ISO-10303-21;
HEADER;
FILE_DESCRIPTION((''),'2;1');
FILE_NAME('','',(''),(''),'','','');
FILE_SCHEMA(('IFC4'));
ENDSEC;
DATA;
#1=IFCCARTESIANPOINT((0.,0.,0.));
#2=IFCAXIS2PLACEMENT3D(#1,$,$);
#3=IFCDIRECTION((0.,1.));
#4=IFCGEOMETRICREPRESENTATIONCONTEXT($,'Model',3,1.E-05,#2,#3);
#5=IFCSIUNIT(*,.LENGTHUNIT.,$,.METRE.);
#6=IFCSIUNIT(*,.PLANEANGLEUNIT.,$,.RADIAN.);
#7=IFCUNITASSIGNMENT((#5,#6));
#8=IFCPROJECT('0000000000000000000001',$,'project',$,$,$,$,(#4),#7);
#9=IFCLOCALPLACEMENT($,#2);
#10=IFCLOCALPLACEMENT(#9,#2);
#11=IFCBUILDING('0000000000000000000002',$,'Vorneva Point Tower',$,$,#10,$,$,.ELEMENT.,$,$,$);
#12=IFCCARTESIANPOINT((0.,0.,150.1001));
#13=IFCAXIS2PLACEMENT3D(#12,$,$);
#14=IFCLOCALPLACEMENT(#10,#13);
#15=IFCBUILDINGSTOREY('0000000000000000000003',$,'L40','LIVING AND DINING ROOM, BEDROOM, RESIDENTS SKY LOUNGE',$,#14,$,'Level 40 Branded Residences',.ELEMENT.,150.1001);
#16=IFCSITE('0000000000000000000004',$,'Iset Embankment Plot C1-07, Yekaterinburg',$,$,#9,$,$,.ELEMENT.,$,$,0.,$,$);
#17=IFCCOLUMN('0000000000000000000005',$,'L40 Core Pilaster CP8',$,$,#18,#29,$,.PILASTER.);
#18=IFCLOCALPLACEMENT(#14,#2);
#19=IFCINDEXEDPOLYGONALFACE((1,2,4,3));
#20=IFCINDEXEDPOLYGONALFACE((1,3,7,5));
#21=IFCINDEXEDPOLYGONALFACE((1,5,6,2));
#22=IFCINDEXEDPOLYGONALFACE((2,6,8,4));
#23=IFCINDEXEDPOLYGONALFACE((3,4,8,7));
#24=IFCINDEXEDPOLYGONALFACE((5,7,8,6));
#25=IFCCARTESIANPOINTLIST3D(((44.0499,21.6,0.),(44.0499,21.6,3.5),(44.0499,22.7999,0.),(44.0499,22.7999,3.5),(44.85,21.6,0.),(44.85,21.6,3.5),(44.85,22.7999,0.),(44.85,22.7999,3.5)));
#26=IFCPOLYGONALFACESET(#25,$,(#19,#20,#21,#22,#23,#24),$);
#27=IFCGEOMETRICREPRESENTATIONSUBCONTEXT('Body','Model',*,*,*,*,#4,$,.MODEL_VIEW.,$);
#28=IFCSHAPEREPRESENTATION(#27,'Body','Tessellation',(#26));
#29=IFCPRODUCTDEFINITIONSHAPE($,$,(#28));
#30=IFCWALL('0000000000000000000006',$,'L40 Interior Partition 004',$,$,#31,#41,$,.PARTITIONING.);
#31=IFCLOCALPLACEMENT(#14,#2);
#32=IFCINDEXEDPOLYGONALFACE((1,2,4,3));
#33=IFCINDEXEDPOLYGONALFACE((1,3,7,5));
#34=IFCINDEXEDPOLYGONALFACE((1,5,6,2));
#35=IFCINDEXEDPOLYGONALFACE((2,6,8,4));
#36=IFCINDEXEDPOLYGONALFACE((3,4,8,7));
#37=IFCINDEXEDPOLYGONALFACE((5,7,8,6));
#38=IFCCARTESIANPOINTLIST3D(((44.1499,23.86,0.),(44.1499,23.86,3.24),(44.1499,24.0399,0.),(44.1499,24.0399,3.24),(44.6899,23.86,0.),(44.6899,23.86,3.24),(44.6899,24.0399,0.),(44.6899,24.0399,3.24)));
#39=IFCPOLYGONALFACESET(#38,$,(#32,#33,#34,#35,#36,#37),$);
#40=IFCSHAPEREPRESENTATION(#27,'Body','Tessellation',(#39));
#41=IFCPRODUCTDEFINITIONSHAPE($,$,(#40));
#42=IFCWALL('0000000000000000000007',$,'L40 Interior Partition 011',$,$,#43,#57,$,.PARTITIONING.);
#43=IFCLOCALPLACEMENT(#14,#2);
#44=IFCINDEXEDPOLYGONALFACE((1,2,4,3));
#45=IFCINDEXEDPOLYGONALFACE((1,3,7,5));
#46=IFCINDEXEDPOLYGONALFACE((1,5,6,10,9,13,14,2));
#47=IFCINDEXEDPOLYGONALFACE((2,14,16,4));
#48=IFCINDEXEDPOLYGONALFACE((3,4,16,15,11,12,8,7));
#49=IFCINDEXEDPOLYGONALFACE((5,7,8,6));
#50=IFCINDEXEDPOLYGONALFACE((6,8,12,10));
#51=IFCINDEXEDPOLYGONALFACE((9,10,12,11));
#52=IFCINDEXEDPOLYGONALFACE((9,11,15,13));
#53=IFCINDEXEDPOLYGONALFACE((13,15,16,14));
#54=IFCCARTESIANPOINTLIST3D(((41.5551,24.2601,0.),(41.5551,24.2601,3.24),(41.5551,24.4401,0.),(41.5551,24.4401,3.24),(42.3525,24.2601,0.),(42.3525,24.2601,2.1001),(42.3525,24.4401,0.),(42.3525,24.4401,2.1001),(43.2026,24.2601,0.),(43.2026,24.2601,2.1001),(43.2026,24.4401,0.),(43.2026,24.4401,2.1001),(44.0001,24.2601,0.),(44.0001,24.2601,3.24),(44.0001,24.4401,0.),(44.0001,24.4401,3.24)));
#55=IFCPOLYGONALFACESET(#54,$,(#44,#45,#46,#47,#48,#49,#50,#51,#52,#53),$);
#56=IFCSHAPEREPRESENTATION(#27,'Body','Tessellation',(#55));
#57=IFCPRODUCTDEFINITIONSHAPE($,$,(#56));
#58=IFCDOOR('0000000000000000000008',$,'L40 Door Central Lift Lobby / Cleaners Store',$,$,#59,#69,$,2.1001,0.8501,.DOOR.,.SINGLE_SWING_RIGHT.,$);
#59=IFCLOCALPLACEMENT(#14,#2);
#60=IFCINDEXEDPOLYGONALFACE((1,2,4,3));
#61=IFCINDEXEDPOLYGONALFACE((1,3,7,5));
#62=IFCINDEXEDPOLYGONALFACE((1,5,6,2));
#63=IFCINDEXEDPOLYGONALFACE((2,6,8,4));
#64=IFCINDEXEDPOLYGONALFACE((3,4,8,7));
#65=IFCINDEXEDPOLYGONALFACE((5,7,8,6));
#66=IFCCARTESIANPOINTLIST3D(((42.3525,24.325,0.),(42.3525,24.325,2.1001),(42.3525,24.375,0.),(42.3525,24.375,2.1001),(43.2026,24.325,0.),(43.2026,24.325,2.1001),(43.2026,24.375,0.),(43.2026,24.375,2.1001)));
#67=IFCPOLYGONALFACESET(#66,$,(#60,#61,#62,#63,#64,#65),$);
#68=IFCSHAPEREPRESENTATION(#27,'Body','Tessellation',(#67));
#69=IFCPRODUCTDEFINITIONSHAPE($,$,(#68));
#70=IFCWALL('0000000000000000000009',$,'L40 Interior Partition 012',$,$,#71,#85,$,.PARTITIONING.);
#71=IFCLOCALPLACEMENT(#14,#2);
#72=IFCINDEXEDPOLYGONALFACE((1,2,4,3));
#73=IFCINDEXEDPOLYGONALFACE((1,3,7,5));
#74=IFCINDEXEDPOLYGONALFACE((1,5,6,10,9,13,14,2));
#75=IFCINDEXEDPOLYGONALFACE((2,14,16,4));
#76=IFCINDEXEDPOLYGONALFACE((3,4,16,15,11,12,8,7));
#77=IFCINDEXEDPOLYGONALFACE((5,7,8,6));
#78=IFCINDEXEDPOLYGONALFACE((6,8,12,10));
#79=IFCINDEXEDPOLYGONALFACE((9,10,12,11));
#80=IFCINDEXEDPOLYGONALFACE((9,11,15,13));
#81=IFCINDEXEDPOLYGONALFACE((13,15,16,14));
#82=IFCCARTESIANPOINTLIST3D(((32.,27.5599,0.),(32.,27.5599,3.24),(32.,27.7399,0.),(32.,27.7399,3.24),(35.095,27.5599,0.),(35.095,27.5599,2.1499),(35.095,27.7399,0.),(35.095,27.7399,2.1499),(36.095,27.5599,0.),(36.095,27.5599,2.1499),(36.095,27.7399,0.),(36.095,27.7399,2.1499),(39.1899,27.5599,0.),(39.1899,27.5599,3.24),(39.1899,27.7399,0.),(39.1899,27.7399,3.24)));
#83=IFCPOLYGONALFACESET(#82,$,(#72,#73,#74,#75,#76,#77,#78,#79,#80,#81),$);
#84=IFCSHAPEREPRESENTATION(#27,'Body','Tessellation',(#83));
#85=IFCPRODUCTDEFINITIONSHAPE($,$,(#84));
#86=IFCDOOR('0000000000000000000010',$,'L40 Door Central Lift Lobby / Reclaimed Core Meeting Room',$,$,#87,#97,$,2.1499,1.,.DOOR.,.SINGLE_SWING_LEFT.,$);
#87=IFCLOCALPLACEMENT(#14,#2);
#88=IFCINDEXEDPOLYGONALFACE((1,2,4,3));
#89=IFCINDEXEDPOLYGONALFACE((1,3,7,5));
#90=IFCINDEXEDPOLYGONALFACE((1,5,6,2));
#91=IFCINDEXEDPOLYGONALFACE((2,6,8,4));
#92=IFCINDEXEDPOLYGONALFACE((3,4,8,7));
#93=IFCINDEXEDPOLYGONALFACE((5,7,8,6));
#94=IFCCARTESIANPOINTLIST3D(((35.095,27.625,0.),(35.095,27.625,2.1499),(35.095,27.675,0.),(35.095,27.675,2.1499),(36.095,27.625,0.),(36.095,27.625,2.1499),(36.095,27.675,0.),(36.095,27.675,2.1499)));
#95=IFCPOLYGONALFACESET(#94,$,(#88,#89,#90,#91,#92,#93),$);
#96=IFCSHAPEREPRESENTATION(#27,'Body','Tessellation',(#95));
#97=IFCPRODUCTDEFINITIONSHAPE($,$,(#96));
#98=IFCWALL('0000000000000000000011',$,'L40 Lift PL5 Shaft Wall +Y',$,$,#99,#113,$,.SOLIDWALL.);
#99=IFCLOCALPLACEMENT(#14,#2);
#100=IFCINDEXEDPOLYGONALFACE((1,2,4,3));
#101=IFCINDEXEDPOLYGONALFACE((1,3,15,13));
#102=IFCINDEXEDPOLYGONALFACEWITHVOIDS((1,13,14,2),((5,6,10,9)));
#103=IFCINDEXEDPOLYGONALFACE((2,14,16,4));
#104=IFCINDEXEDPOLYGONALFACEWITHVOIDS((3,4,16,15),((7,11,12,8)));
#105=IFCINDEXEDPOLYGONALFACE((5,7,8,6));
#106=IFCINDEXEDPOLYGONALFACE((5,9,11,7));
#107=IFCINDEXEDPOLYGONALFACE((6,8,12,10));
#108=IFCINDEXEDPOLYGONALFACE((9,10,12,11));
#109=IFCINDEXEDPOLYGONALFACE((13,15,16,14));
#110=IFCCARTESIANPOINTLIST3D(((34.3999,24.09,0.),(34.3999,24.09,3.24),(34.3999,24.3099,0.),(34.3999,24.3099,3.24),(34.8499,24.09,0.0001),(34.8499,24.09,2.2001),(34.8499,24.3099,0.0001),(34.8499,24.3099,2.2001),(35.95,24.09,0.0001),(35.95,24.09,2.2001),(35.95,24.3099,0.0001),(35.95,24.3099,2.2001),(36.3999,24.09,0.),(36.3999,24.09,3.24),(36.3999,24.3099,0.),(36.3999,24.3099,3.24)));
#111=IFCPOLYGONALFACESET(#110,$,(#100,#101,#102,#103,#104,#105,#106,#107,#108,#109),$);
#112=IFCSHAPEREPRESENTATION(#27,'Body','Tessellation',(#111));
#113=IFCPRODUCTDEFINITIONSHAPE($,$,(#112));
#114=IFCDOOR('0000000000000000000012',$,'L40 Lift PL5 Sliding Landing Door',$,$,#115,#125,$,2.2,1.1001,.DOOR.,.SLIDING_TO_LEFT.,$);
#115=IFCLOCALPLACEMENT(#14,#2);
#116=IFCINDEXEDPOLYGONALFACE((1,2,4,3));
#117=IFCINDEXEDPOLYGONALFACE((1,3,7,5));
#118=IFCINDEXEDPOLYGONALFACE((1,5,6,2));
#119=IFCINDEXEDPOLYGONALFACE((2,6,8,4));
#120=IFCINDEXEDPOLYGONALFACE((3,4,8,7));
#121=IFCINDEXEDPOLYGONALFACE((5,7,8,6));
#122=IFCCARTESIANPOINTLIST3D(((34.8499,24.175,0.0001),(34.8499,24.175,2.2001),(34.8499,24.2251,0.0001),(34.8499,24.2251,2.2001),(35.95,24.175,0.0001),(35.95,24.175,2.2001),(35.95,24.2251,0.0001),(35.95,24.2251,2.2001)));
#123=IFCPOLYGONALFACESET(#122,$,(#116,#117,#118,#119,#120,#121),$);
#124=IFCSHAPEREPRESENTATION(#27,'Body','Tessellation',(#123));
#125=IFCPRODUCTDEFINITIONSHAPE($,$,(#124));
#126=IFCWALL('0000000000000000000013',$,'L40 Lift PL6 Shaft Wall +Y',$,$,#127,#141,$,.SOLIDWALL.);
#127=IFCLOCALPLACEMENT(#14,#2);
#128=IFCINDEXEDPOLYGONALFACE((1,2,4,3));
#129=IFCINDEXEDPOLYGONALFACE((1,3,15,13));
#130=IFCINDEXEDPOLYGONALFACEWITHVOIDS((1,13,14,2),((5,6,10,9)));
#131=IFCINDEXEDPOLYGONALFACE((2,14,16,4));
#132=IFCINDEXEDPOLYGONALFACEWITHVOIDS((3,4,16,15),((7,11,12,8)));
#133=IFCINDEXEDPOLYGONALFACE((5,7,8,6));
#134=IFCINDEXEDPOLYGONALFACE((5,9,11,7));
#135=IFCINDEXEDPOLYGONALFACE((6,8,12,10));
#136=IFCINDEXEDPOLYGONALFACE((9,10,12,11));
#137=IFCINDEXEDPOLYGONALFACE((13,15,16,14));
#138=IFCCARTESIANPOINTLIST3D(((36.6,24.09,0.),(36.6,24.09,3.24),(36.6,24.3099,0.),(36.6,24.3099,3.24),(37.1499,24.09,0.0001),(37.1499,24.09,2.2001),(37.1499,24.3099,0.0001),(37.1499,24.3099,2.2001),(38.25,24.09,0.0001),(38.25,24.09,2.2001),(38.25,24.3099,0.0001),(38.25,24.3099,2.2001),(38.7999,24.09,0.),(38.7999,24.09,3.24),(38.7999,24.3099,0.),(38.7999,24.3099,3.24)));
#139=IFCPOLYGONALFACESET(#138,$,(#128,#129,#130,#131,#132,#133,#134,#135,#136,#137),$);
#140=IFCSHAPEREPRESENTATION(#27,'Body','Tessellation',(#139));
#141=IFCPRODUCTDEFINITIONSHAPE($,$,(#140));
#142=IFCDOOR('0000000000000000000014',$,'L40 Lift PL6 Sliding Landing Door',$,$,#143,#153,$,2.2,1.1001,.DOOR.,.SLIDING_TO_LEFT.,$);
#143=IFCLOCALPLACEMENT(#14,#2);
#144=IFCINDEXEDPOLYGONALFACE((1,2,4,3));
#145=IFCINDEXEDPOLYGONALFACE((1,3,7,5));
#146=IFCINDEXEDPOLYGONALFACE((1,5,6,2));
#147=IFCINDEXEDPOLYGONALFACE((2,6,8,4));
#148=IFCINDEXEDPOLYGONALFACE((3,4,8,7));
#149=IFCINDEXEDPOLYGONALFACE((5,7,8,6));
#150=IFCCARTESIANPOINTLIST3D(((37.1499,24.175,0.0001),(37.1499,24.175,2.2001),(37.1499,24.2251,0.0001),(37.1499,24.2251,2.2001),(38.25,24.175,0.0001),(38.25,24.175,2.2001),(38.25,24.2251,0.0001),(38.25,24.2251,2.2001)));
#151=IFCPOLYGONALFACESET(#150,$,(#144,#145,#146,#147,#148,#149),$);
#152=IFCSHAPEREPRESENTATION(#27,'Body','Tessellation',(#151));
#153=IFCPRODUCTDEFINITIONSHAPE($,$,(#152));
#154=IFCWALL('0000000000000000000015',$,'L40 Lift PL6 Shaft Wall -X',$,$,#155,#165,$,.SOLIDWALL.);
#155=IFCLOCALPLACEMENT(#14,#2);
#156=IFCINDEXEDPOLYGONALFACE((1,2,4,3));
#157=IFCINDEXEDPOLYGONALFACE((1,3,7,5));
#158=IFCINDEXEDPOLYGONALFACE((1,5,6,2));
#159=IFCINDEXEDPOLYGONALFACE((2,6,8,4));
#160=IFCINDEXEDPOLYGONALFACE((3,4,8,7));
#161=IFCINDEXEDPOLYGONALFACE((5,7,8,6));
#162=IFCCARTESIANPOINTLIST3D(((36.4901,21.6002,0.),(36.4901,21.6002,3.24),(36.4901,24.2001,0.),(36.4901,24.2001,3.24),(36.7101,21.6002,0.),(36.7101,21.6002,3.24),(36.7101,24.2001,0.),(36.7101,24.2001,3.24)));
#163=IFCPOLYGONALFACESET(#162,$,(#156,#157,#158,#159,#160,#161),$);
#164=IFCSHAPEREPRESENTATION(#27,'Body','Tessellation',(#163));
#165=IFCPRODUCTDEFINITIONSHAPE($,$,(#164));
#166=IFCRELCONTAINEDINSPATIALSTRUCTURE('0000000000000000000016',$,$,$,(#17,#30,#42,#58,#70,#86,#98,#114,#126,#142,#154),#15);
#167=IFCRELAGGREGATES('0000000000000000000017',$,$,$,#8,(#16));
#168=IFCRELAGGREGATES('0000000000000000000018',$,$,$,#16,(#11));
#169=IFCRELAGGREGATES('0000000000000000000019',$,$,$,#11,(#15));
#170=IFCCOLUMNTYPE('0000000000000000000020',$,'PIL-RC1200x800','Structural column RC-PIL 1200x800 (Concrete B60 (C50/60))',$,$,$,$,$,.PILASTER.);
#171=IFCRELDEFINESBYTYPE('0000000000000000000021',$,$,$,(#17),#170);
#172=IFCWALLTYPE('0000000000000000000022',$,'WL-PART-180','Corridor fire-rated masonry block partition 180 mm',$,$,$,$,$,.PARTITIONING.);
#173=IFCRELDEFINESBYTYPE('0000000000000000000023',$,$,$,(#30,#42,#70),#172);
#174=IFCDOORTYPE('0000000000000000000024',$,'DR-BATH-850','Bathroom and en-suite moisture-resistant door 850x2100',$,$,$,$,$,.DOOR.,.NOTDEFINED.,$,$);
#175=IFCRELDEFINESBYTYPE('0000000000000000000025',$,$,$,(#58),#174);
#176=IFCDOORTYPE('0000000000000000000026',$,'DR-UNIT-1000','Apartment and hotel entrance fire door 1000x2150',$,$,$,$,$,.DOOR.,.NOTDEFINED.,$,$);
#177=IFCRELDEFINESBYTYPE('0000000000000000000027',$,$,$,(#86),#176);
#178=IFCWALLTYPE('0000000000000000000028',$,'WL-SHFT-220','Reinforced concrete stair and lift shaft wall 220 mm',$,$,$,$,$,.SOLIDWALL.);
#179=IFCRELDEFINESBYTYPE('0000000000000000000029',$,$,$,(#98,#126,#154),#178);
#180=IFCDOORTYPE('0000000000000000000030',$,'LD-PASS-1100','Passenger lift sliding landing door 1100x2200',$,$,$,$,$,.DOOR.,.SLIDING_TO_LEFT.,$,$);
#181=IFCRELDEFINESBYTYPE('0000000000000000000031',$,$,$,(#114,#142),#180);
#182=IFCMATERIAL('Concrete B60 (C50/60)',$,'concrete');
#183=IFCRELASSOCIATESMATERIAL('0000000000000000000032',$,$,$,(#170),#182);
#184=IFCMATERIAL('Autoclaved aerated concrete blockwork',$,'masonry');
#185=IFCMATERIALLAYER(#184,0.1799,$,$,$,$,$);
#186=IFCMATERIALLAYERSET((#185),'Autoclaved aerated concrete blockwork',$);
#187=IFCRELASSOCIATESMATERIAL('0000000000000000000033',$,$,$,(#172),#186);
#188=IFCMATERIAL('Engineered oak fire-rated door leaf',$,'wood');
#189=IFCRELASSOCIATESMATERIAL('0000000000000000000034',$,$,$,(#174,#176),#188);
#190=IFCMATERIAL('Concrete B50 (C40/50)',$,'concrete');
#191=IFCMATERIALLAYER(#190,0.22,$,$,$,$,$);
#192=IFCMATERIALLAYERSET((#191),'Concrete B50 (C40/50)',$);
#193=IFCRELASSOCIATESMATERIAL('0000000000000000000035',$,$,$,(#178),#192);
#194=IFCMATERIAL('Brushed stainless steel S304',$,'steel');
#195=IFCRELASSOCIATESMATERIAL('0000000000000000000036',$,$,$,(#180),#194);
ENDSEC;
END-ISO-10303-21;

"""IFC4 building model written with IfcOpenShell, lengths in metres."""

from ifc_helpers import new_model, si_unit, direction, frame, frame_2d, origin, origin_2d, place, context, subcontext, project, spatial, rectangle, extrude, material, layer, layer_set, material_profile, profile_set, type_object, element, fill, save


model = new_model("IFC4")

# Units and contexts
model_context = context("Model", 3, precision=1e-05, world=origin(), true_north=direction((0.0, 1.0)))
body_context = subcontext(model_context, "Body", "Model", "MODEL_VIEW")
ifc_project = project(units=[si_unit("LENGTHUNIT", "METRE"), si_unit("PLANEANGLEUNIT", "RADIAN")], contexts=[model_context])

# Site, building, storey
site_placement = place(None, origin())
site = spatial("IfcSite", under=ifc_project, at=site_placement, Name="Iset Embankment Plot C1-07, Yekaterinburg", CompositionType="ELEMENT", RefElevation=0.0)
building_placement = place(site_placement, origin())
building = spatial("IfcBuilding", under=site, at=building_placement, Name="Vorneva Point Tower", CompositionType="ELEMENT")
storey_placement = place(building_placement, frame((0.0, 0.0, 150.1001)))
storey = spatial("IfcBuildingStorey", under=building, at=storey_placement, Name="L40", Description="LIVING AND DINING ROOM, BEDROOM, RESIDENTS SKY LOUNGE", LongName="Level 40 Branded Residences", CompositionType="ELEMENT", Elevation=150.1001)

# Column
ifc_material_1 = material(Name="Concrete B60 (C50/60)", Category="concrete")
ifc_material_profile = material_profile(ifc_material_1, rectangle(XDim=0.8, YDim=1.2, at=origin_2d()), Name="RC-PIL 1200x800")
ifc_profile_set = profile_set([ifc_material_profile], Name="Concrete B60 (C50/60)")
column_type = type_object("IfcColumnType", Name="PIL-RC1200x800", Description="Structural column RC-PIL 1200x800 (Concrete B60 (C50/60))", PredefinedType="PILASTER", material=ifc_profile_set)
column_placement = place(storey_placement, frame((44.45, 22.2, 0.0), z_axis=(0.0, 0.0, 1.0), x_axis=(1.0, 0.0, 0.0)))
element("IfcColumn", 1, at=column_placement, inside=storey, type_object=column_type, Name="L40 Core Pilaster CP8", PredefinedType="PILASTER", context=body_context, shape_type="SweptSolid", body=[
    extrude(rectangle(XDim=0.8, YDim=1.2, at=origin_2d()), origin(), (0.0, 0.0, 1.0), 3.5),
])

# Wall
ifc_material_2 = material(Name="Autoclaved aerated concrete blockwork", Category="masonry")
ifc_layer_1 = layer(ifc_material_2, 0.1799)
ifc_layer_set_1 = layer_set([ifc_layer_1], Name="Autoclaved aerated concrete blockwork")
wall_type_1 = type_object("IfcWallType", Name="WL-PART-180", Description="Corridor fire-rated masonry block partition 180 mm", PredefinedType="PARTITIONING", material=ifc_layer_set_1)
wall_1_placement = place(storey_placement, frame((44.1499, 23.95, 0.0), z_axis=(0.0, 0.0, 1.0), x_axis=(1.0, 0.0, 0.0)))
element("IfcWall", 2, at=wall_1_placement, inside=storey, type_object=wall_type_1, Name="L40 Interior Partition 004", PredefinedType="PARTITIONING", context=body_context, shape_type="SweptSolid", body=[
    extrude(rectangle(XDim=0.54, YDim=0.1799, at=frame_2d((0.27, 0.0))), origin(), (0.0, 0.0, 1.0), 3.24),
])

# Walls, openings, doors
wall_2_placement = place(storey_placement, frame((41.5549, 24.3501, 0.0), z_axis=(0.0, 0.0, 1.0), x_axis=(1.0, 0.0, 0.0)))
wall_2 = element("IfcWall", 3, at=wall_2_placement, inside=storey, type_object=wall_type_1, Name="L40 Interior Partition 011", PredefinedType="PARTITIONING", context=body_context, shape_type="SweptSolid", body=[
    extrude(rectangle(XDim=2.4451, YDim=0.1799, at=frame_2d((1.2227, 0.0))), origin(), (0.0, 0.0, 1.0), 3.24),
])
opening_1_placement = place(wall_2_placement, frame((0.7976, 0.0, 0.0)))
opening_1 = element("IfcOpeningElement", 4, at=opening_1_placement, cuts=wall_2, PredefinedType="OPENING", context=body_context, shape_type="SweptSolid", body=[
    extrude(rectangle(XDim=0.8501, YDim=2.1001, at=frame_2d((0.425, 1.05))), frame((0.0, 0.105, 0.0), z_axis=(0.0, -1.0, 0.0), x_axis=(1.0, 0.0, 0.0)), (0.0, 0.0, 1.0), 0.2097),
])
ifc_material_3 = material(Name="Engineered oak fire-rated door leaf", Category="wood")
door_type_1 = type_object("IfcDoorType", Name="DR-BATH-850", Description="Bathroom and en-suite moisture-resistant door 850x2100", OperationType="NOTDEFINED", PredefinedType="DOOR", material=ifc_material_3)
door_1_placement = place(opening_1_placement, origin())
door_1 = element("IfcDoor", 5, at=door_1_placement, inside=storey, type_object=door_type_1, Name="L40 Door Central Lift Lobby / Cleaners Store", OperationType="SINGLE_SWING_RIGHT", OverallHeight=2.1001, OverallWidth=0.8501, PredefinedType="DOOR", context=body_context, shape_type="SweptSolid", body=[
    extrude(rectangle(XDim=0.8501, YDim=2.1001, at=frame_2d((0.425, 1.05))), frame((0.0, 0.0249, 0.0), z_axis=(0.0, -1.0, 0.0), x_axis=(1.0, 0.0, 0.0)), (0.0, 0.0, 1.0), 0.05),
])
fill(opening_1, door_1)
wall_3_placement = place(storey_placement, frame((39.1899, 27.6499, 0.0), z_axis=(0.0, 0.0, 1.0), x_axis=(-1.0, 0.0, 0.0)))
wall_3 = element("IfcWall", 6, at=wall_3_placement, inside=storey, type_object=wall_type_1, Name="L40 Interior Partition 012", PredefinedType="PARTITIONING", context=body_context, shape_type="SweptSolid", body=[
    extrude(rectangle(XDim=7.1899, YDim=0.1799, at=frame_2d((3.595, 0.0))), origin(), (0.0, 0.0, 1.0), 3.24),
])
opening_2_placement = place(wall_3_placement, frame((3.095, 0.0, 0.0)))
opening_2 = element("IfcOpeningElement", 7, at=opening_2_placement, cuts=wall_3, PredefinedType="OPENING", context=body_context, shape_type="SweptSolid", body=[
    extrude(rectangle(XDim=1.0, YDim=2.1499, at=frame_2d((0.5, 1.075))), frame((0.0, 0.105, 0.0), z_axis=(0.0, -1.0, 0.0), x_axis=(1.0, 0.0, 0.0)), (0.0, 0.0, 1.0), 0.2097),
])
door_type_2 = type_object("IfcDoorType", Name="DR-UNIT-1000", Description="Apartment and hotel entrance fire door 1000x2150", OperationType="NOTDEFINED", PredefinedType="DOOR", material=ifc_material_3)
door_2_placement = place(opening_2_placement, origin())
door_2 = element("IfcDoor", 8, at=door_2_placement, inside=storey, type_object=door_type_2, Name="L40 Door Central Lift Lobby / Reclaimed Core Meeting Room", OperationType="SINGLE_SWING_LEFT", OverallHeight=2.1499, OverallWidth=1.0, PredefinedType="DOOR", context=body_context, shape_type="SweptSolid", body=[
    extrude(rectangle(XDim=1.0, YDim=2.1499, at=frame_2d((0.5, 1.075))), frame((0.0, 0.0249, 0.0), z_axis=(0.0, -1.0, 0.0), x_axis=(1.0, 0.0, 0.0)), (0.0, 0.0, 1.0), 0.05),
])
fill(opening_2, door_2)
ifc_material_4 = material(Name="Concrete B50 (C40/50)", Category="concrete")
ifc_layer_2 = layer(ifc_material_4, 0.22)
ifc_layer_set_2 = layer_set([ifc_layer_2], Name="Concrete B50 (C40/50)")
wall_type_2 = type_object("IfcWallType", Name="WL-SHFT-220", Description="Reinforced concrete stair and lift shaft wall 220 mm", PredefinedType="SOLIDWALL", material=ifc_layer_set_2)
wall_4_placement = place(storey_placement, frame((36.3999, 24.2, 0.0), z_axis=(0.0, 0.0, 1.0), x_axis=(-1.0, 0.0, 0.0)))
wall_4 = element("IfcWall", 9, at=wall_4_placement, inside=storey, type_object=wall_type_2, Name="L40 Lift PL5 Shaft Wall +Y", PredefinedType="SOLIDWALL", context=body_context, shape_type="SweptSolid", body=[
    extrude(rectangle(XDim=2.0, YDim=0.22, at=frame_2d((1.0, 0.0))), origin(), (0.0, 0.0, 1.0), 3.24),
])
opening_3_placement = place(wall_4_placement, frame((0.45, 0.0, 0.0)))
opening_3 = element("IfcOpeningElement", 10, at=opening_3_placement, cuts=wall_4, PredefinedType="OPENING", context=body_context, shape_type="SweptSolid", body=[
    extrude(rectangle(XDim=1.1001, YDim=2.2, at=frame_2d((0.55, 1.1001))), frame((0.0, 0.125, 0.0), z_axis=(0.0, -1.0, 0.0), x_axis=(1.0, 0.0, 0.0)), (0.0, 0.0, 1.0), 0.2498),
])
ifc_material_5 = material(Name="Brushed stainless steel S304", Category="steel")
door_type_3 = type_object("IfcDoorType", Name="LD-PASS-1100", Description="Passenger lift sliding landing door 1100x2200", OperationType="SLIDING_TO_LEFT", PredefinedType="DOOR", material=ifc_material_5)
door_3_placement = place(opening_3_placement, origin())
door_3 = element("IfcDoor", 11, at=door_3_placement, inside=storey, type_object=door_type_3, Name="L40 Lift PL5 Sliding Landing Door", OperationType="SLIDING_TO_LEFT", OverallHeight=2.2, OverallWidth=1.1001, PredefinedType="DOOR", context=body_context, shape_type="SweptSolid", body=[
    extrude(rectangle(XDim=1.1001, YDim=2.2, at=frame_2d((0.55, 1.1001))), frame((0.0, 0.0249, 0.0), z_axis=(0.0, -1.0, 0.0), x_axis=(1.0, 0.0, 0.0)), (0.0, 0.0, 1.0), 0.05),
])
fill(opening_3, door_3)
wall_5_placement = place(storey_placement, frame((38.8, 24.2, 0.0), z_axis=(0.0, 0.0, 1.0), x_axis=(-1.0, 0.0, 0.0)))
wall_5 = element("IfcWall", 12, at=wall_5_placement, inside=storey, type_object=wall_type_2, Name="L40 Lift PL6 Shaft Wall +Y", PredefinedType="SOLIDWALL", context=body_context, shape_type="SweptSolid", body=[
    extrude(rectangle(XDim=2.2, YDim=0.22, at=frame_2d((1.1001, 0.0))), origin(), (0.0, 0.0, 1.0), 3.24),
])
opening_4_placement = place(wall_5_placement, frame((0.55, 0.0, 0.0)))
opening_4 = element("IfcOpeningElement", 13, at=opening_4_placement, cuts=wall_5, PredefinedType="OPENING", context=body_context, shape_type="SweptSolid", body=[
    extrude(rectangle(XDim=1.1001, YDim=2.2, at=frame_2d((0.55, 1.1001))), frame((0.0, 0.125, 0.0), z_axis=(0.0, -1.0, 0.0), x_axis=(1.0, 0.0, 0.0)), (0.0, 0.0, 1.0), 0.2498),
])
door_4_placement = place(opening_4_placement, origin())
door_4 = element("IfcDoor", 14, at=door_4_placement, inside=storey, type_object=door_type_3, Name="L40 Lift PL6 Sliding Landing Door", OperationType="SLIDING_TO_LEFT", OverallHeight=2.2, OverallWidth=1.1001, PredefinedType="DOOR", context=body_context, shape_type="SweptSolid", body=[
    extrude(rectangle(XDim=1.1001, YDim=2.2, at=frame_2d((0.55, 1.1001))), frame((0.0, 0.0249, 0.0), z_axis=(0.0, -1.0, 0.0), x_axis=(1.0, 0.0, 0.0)), (0.0, 0.0, 1.0), 0.05),
])
fill(opening_4, door_4)

# Wall
wall_6_placement = place(storey_placement, frame((36.6001, 24.2, 0.0), z_axis=(0.0, 0.0, 1.0), x_axis=(0.0, -1.0, 0.0)))
element("IfcWall", 15, at=wall_6_placement, inside=storey, type_object=wall_type_2, Name="L40 Lift PL6 Shaft Wall -X", PredefinedType="SOLIDWALL", context=body_context, shape_type="SweptSolid", body=[
    extrude(rectangle(XDim=2.5999, YDim=0.22, at=frame_2d((1.2998, 0.0))), origin(), (0.0, 0.0, 1.0), 3.24),
])

save(model, "model.ifc")
